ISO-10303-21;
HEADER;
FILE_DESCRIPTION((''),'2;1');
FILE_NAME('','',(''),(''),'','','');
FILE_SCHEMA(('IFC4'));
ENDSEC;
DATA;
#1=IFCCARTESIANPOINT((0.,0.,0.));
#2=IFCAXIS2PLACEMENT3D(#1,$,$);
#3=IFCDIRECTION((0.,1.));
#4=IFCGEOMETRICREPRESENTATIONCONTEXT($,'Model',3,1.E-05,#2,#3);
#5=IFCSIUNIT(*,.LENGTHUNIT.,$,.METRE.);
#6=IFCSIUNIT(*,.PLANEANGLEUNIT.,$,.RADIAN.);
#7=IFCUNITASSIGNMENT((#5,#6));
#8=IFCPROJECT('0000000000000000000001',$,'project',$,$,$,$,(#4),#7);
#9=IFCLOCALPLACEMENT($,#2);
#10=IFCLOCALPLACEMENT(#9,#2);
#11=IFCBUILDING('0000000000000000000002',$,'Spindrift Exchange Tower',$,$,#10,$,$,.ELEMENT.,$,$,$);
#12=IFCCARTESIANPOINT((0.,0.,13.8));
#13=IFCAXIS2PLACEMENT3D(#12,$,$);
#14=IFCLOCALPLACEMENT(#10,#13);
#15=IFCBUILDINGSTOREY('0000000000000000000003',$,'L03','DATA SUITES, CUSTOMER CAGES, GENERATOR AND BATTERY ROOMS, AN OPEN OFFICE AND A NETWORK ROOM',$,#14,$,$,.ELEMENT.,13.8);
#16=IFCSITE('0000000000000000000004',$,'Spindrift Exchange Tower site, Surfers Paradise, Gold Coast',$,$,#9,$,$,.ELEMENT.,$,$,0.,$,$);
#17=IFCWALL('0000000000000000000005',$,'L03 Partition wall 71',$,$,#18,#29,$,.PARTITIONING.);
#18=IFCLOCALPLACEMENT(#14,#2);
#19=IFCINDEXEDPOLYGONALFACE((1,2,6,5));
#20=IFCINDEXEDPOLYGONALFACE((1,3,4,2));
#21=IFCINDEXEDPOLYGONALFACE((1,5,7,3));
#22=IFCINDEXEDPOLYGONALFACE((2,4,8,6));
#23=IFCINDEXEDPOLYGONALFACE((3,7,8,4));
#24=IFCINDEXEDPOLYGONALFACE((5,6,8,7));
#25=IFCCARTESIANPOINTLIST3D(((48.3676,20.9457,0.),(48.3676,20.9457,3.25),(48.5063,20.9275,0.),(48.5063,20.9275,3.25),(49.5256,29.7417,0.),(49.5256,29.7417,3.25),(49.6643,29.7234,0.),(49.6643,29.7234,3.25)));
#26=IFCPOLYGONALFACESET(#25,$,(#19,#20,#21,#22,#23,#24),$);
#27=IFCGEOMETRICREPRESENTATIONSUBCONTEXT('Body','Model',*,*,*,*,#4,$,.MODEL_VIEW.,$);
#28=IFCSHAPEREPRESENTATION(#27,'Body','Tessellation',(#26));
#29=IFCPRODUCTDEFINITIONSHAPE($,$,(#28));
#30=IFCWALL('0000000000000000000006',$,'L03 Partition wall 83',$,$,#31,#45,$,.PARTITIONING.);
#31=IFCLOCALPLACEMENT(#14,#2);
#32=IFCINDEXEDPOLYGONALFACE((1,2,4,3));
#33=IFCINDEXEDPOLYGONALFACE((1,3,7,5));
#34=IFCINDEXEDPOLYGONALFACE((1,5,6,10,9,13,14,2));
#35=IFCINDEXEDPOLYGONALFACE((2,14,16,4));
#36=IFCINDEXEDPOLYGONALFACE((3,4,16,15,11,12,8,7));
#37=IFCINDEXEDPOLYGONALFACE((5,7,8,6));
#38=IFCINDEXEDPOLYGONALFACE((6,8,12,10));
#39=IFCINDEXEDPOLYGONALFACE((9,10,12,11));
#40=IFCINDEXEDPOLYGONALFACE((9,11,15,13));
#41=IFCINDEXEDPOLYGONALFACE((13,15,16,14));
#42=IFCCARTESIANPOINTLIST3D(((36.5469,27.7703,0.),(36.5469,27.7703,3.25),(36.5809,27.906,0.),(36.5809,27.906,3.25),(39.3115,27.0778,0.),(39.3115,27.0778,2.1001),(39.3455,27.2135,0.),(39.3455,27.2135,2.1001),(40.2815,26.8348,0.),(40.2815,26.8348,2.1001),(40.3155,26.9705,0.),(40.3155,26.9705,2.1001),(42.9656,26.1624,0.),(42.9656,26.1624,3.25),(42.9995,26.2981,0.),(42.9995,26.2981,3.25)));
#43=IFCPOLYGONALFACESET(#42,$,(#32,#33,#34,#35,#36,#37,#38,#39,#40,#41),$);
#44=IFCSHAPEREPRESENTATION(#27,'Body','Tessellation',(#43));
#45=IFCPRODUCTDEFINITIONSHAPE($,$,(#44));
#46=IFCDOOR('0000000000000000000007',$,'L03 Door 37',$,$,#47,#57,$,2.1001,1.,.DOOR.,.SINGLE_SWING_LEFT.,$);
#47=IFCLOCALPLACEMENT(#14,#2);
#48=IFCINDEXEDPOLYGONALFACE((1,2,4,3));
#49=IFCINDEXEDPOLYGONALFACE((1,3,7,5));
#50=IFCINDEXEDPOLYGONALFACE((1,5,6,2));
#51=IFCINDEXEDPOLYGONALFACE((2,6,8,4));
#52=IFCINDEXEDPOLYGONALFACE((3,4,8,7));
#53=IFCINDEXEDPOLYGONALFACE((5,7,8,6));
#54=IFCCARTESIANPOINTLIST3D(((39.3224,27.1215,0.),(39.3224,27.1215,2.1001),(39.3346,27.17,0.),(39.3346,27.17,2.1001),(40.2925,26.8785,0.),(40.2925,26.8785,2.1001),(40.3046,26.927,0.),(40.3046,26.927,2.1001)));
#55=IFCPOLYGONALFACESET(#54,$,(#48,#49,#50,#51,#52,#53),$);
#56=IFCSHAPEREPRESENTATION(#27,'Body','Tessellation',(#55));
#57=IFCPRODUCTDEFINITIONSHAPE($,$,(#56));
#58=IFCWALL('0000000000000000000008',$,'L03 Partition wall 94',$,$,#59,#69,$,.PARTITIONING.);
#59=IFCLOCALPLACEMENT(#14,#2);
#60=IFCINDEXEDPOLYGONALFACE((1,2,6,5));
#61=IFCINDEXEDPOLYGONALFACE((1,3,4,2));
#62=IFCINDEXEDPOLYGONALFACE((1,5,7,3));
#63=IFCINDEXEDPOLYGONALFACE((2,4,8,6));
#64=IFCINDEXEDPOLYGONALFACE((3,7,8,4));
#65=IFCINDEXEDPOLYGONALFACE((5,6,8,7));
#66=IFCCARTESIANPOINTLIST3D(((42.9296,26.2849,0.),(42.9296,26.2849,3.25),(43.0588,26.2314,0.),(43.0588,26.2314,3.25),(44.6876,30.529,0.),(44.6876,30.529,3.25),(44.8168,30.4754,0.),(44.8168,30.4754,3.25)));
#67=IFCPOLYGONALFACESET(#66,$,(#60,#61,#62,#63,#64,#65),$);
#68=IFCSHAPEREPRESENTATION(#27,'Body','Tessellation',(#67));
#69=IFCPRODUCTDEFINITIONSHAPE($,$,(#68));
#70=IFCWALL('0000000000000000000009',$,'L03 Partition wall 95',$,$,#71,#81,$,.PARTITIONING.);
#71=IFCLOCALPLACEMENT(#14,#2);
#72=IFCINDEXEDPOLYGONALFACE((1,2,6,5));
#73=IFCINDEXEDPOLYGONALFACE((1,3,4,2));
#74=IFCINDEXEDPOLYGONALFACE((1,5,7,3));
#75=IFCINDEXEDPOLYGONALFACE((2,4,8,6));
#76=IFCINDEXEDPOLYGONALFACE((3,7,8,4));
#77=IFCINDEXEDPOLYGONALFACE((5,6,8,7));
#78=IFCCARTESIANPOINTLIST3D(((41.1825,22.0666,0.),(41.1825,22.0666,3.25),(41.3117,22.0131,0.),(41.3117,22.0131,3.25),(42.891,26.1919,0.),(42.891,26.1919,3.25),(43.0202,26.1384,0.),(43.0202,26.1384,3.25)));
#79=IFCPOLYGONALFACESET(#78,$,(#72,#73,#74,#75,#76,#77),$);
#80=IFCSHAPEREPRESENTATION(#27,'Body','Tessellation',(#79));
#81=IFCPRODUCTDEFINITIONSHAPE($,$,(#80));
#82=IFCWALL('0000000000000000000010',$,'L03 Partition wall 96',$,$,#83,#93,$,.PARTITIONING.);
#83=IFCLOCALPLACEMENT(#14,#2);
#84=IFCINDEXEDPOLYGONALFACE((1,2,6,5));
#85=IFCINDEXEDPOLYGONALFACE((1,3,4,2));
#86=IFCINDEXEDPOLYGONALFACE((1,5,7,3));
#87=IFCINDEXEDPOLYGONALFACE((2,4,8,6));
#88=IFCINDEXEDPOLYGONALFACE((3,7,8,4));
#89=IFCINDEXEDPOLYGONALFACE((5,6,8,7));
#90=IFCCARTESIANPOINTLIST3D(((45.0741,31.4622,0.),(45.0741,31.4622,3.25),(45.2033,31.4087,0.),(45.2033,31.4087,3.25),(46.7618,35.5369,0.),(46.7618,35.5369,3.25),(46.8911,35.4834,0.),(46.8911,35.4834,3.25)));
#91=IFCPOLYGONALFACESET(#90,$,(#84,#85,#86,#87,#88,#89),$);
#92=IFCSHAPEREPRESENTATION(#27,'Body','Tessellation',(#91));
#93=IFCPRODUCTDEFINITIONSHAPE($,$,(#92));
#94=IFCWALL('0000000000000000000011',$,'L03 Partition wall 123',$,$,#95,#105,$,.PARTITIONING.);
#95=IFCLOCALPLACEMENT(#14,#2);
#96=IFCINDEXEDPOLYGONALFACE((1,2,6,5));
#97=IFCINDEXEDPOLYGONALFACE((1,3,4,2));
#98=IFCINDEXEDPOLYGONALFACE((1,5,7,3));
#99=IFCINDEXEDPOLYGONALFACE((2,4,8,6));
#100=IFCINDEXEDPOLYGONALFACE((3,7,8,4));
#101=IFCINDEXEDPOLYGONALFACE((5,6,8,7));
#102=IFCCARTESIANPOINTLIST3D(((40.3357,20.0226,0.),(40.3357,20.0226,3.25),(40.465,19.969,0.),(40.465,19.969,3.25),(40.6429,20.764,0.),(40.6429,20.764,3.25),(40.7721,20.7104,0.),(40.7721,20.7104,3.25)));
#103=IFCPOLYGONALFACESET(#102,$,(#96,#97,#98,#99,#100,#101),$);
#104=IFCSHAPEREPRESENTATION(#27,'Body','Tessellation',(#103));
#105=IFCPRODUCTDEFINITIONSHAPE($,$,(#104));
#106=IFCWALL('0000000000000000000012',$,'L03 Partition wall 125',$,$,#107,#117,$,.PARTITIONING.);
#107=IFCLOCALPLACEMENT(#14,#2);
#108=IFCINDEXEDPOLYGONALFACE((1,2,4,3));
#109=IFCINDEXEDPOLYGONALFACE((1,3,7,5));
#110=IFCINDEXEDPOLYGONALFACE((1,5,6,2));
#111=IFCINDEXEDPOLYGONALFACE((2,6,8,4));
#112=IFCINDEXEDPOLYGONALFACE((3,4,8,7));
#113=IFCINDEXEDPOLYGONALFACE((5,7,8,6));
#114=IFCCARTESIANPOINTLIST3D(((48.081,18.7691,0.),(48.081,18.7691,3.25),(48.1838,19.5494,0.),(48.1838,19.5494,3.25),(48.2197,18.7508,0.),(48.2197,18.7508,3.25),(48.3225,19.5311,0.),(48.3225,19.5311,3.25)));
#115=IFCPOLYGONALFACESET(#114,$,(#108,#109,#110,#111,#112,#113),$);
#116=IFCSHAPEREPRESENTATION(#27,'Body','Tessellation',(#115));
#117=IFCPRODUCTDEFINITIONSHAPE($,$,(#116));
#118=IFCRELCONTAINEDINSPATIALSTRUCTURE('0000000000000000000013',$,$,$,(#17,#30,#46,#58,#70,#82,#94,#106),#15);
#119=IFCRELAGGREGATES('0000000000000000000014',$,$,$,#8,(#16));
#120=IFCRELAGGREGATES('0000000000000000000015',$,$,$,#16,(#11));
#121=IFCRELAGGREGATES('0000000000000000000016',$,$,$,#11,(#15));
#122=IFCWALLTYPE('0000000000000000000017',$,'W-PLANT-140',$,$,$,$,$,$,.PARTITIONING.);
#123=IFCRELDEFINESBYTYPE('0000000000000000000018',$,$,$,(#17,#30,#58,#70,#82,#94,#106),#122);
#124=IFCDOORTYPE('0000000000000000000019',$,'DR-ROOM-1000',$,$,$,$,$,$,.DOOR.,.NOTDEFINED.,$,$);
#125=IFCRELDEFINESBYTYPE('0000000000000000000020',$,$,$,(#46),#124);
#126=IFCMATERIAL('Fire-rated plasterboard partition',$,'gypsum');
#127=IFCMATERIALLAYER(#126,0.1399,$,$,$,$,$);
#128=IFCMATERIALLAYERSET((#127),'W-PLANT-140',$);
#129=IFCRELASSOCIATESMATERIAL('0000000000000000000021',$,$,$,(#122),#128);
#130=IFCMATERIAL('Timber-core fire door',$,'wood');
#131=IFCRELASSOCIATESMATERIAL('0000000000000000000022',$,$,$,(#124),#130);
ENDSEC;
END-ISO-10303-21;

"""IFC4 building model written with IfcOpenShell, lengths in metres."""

from ifc_helpers import new_model, si_unit, direction, frame, frame_2d, origin, place, context, subcontext, project, spatial, rectangle, extrude, source, transform, mapped, material, layer, layer_set, type_object, element, fill, save


model = new_model("IFC4")

# Units and contexts
model_context = context("Model", 3, precision=1e-05, world=origin(), true_north=direction((0.0, 1.0)))
body_context = subcontext(model_context, "Body", "Model", "MODEL_VIEW")
ifc_project = project(units=[si_unit("LENGTHUNIT", "METRE"), si_unit("PLANEANGLEUNIT", "RADIAN")], contexts=[model_context])

# Site, building, storey
site_placement = place(None, origin())
site = spatial("IfcSite", under=ifc_project, at=site_placement, Name="Spindrift Exchange Tower site, Surfers Paradise, Gold Coast", CompositionType="ELEMENT", RefElevation=0.0)
building_placement = place(site_placement, origin())
building = spatial("IfcBuilding", under=site, at=building_placement, Name="Spindrift Exchange Tower", CompositionType="ELEMENT")
storey_placement = place(building_placement, frame((0.0, 0.0, 13.8)))
storey = spatial("IfcBuildingStorey", under=building, at=storey_placement, Name="L03", Description="DATA SUITES, CUSTOMER CAGES, GENERATOR AND BATTERY ROOMS, AN OPEN OFFICE AND A NETWORK ROOM", CompositionType="ELEMENT", Elevation=13.8)

# Wall
ifc_material_1 = material(Name="Fire-rated plasterboard partition", Category="gypsum")
ifc_layer_1 = layer(ifc_material_1, 0.1399)
ifc_layer_set_1 = layer_set([ifc_layer_1], Name="W-PLANT-140")
wall_type = type_object("IfcWallType", Name="W-PLANT-140", PredefinedType="PARTITIONING", material=ifc_layer_set_1)
wall_1_placement = place(storey_placement, frame((49.595, 29.7327, 0.0), z_axis=(0.0, 0.0, 1.0), x_axis=(-0.130521, -0.991445, 0.0)))
element("IfcWall", 1, at=wall_1_placement, inside=storey, type_object=wall_type, Name="L03 Partition wall 71", PredefinedType="PARTITIONING", context=body_context, shape_type="SweptSolid", body=[
    extrude(rectangle(XDim=8.8718, YDim=0.1399, at=frame_2d((4.436, 0.0))), origin(), (0.0, 0.0, 1.0), 3.25),
])

# Wall, opening, door
wall_2_placement = place(storey_placement, frame((42.9827, 26.2302, 0.0), z_axis=(0.0, 0.0, 1.0), x_axis=(-0.970027, 0.242996, 0.0)))
wall_2 = element("IfcWall", 2, at=wall_2_placement, inside=storey, type_object=wall_type, Name="L03 Partition wall 83", PredefinedType="PARTITIONING", context=body_context, shape_type="SweptSolid", body=[
    extrude(rectangle(XDim=6.6169, YDim=0.1399, at=frame_2d((3.3086, 0.0))), origin(), (0.0, 0.0, 1.0), 3.25),
])
opening_placement = place(wall_2_placement, frame((2.7671, 0.0, 0.0)))
opening = element("IfcOpeningElement", 3, at=opening_placement, cuts=wall_2, PredefinedType="OPENING", context=body_context, shape_type="SweptSolid", body=[
    extrude(rectangle(XDim=1.0, YDim=2.1001, at=frame_2d((0.5, 1.05))), frame((0.0, 0.0798, 0.0), z_axis=(0.0, -1.0, 0.0), x_axis=(1.0, 0.0, 0.0)), (0.0, 0.0, 1.0), 0.1599),
])
ifc_material_2 = material(Name="Timber-core fire door", Category="wood")
door_type = type_object("IfcDoorType", Name="DR-ROOM-1000", OperationType="NOTDEFINED", PredefinedType="DOOR", material=ifc_material_2)
shared_shape_1 = source(origin(), body_context, "Body", "SweptSolid", [
    extrude(rectangle(XDim=1.0, YDim=2.1001, at=frame_2d((0.5, 1.05))), frame((0.0, 0.0249, 0.0), z_axis=(0.0, -1.0, 0.0), x_axis=(1.0, 0.0, 0.0)), (0.0, 0.0, 1.0), 0.05),
])
door_placement = place(opening_placement, origin())
door = element("IfcDoor", 4, at=door_placement, inside=storey, type_object=door_type, Name="L03 Door 37", OperationType="SINGLE_SWING_LEFT", OverallHeight=2.1001, OverallWidth=1.0, PredefinedType="DOOR", context=body_context, shape_type="MappedRepresentation", body=[
    mapped(shared_shape_1, transform((0.0, 0.0, 0.0), scale=1.0)),
])
fill(opening, door)

# Walls
wall_3_placement = place(storey_placement, frame((44.7522, 30.5022, 0.0), z_axis=(0.0, 0.0, 1.0), x_axis=(-0.382698, -0.923874, 0.0)))
element("IfcWall", 5, at=wall_3_placement, inside=storey, type_object=wall_type, Name="L03 Partition wall 94", PredefinedType="PARTITIONING", context=body_context, shape_type="SweptSolid", body=[
    extrude(rectangle(XDim=4.5938, YDim=0.1399, at=frame_2d((2.2969, 0.0))), origin(), (0.0, 0.0, 1.0), 3.25),
])
wall_4_placement = place(storey_placement, frame((42.9556, 26.165, 0.0), z_axis=(0.0, 0.0, 1.0), x_axis=(-0.382638, -0.923898, 0.0)))
element("IfcWall", 6, at=wall_4_placement, inside=storey, type_object=wall_type, Name="L03 Partition wall 95", PredefinedType="PARTITIONING", context=body_context, shape_type="SweptSolid", body=[
    extrude(rectangle(XDim=4.4651, YDim=0.1399, at=frame_2d((2.2324, 0.0))), origin(), (0.0, 0.0, 1.0), 3.25),
])
wall_5_placement = place(storey_placement, frame((46.8264, 35.51, 0.0), z_axis=(0.0, 0.0, 1.0), x_axis=(-0.382673, -0.923884, 0.0)))
element("IfcWall", 7, at=wall_5_placement, inside=storey, type_object=wall_type, Name="L03 Partition wall 96", PredefinedType="PARTITIONING", context=body_context, shape_type="SweptSolid", body=[
    extrude(rectangle(XDim=4.4104, YDim=0.1399, at=frame_2d((2.2051, 0.0))), origin(), (0.0, 0.0, 1.0), 3.25),
])
wall_6_placement = place(storey_placement, frame((40.7075, 20.7373, 0.0), z_axis=(0.0, 0.0, 1.0), x_axis=(-0.382692, -0.923876, 0.0)))
element("IfcWall", 8, at=wall_6_placement, inside=storey, type_object=wall_type, Name="L03 Partition wall 123", PredefinedType="PARTITIONING", context=body_context, shape_type="SweptSolid", body=[
    extrude(rectangle(XDim=0.8025, YDim=0.1399, at=frame_2d((0.4014, 0.0))), origin(), (0.0, 0.0, 1.0), 3.25),
])
wall_7_placement = place(storey_placement, frame((48.2532, 19.5403, 0.0), z_axis=(0.0, 0.0, 1.0), x_axis=(-0.130599, -0.991435, 0.0)))
element("IfcWall", 9, at=wall_7_placement, inside=storey, type_object=wall_type, Name="L03 Partition wall 125", PredefinedType="PARTITIONING", context=body_context, shape_type="SweptSolid", body=[
    extrude(rectangle(XDim=0.7871, YDim=0.1399, at=frame_2d((0.3936, 0.0))), origin(), (0.0, 0.0, 1.0), 3.25),
])

save(model, "model.ifc")
